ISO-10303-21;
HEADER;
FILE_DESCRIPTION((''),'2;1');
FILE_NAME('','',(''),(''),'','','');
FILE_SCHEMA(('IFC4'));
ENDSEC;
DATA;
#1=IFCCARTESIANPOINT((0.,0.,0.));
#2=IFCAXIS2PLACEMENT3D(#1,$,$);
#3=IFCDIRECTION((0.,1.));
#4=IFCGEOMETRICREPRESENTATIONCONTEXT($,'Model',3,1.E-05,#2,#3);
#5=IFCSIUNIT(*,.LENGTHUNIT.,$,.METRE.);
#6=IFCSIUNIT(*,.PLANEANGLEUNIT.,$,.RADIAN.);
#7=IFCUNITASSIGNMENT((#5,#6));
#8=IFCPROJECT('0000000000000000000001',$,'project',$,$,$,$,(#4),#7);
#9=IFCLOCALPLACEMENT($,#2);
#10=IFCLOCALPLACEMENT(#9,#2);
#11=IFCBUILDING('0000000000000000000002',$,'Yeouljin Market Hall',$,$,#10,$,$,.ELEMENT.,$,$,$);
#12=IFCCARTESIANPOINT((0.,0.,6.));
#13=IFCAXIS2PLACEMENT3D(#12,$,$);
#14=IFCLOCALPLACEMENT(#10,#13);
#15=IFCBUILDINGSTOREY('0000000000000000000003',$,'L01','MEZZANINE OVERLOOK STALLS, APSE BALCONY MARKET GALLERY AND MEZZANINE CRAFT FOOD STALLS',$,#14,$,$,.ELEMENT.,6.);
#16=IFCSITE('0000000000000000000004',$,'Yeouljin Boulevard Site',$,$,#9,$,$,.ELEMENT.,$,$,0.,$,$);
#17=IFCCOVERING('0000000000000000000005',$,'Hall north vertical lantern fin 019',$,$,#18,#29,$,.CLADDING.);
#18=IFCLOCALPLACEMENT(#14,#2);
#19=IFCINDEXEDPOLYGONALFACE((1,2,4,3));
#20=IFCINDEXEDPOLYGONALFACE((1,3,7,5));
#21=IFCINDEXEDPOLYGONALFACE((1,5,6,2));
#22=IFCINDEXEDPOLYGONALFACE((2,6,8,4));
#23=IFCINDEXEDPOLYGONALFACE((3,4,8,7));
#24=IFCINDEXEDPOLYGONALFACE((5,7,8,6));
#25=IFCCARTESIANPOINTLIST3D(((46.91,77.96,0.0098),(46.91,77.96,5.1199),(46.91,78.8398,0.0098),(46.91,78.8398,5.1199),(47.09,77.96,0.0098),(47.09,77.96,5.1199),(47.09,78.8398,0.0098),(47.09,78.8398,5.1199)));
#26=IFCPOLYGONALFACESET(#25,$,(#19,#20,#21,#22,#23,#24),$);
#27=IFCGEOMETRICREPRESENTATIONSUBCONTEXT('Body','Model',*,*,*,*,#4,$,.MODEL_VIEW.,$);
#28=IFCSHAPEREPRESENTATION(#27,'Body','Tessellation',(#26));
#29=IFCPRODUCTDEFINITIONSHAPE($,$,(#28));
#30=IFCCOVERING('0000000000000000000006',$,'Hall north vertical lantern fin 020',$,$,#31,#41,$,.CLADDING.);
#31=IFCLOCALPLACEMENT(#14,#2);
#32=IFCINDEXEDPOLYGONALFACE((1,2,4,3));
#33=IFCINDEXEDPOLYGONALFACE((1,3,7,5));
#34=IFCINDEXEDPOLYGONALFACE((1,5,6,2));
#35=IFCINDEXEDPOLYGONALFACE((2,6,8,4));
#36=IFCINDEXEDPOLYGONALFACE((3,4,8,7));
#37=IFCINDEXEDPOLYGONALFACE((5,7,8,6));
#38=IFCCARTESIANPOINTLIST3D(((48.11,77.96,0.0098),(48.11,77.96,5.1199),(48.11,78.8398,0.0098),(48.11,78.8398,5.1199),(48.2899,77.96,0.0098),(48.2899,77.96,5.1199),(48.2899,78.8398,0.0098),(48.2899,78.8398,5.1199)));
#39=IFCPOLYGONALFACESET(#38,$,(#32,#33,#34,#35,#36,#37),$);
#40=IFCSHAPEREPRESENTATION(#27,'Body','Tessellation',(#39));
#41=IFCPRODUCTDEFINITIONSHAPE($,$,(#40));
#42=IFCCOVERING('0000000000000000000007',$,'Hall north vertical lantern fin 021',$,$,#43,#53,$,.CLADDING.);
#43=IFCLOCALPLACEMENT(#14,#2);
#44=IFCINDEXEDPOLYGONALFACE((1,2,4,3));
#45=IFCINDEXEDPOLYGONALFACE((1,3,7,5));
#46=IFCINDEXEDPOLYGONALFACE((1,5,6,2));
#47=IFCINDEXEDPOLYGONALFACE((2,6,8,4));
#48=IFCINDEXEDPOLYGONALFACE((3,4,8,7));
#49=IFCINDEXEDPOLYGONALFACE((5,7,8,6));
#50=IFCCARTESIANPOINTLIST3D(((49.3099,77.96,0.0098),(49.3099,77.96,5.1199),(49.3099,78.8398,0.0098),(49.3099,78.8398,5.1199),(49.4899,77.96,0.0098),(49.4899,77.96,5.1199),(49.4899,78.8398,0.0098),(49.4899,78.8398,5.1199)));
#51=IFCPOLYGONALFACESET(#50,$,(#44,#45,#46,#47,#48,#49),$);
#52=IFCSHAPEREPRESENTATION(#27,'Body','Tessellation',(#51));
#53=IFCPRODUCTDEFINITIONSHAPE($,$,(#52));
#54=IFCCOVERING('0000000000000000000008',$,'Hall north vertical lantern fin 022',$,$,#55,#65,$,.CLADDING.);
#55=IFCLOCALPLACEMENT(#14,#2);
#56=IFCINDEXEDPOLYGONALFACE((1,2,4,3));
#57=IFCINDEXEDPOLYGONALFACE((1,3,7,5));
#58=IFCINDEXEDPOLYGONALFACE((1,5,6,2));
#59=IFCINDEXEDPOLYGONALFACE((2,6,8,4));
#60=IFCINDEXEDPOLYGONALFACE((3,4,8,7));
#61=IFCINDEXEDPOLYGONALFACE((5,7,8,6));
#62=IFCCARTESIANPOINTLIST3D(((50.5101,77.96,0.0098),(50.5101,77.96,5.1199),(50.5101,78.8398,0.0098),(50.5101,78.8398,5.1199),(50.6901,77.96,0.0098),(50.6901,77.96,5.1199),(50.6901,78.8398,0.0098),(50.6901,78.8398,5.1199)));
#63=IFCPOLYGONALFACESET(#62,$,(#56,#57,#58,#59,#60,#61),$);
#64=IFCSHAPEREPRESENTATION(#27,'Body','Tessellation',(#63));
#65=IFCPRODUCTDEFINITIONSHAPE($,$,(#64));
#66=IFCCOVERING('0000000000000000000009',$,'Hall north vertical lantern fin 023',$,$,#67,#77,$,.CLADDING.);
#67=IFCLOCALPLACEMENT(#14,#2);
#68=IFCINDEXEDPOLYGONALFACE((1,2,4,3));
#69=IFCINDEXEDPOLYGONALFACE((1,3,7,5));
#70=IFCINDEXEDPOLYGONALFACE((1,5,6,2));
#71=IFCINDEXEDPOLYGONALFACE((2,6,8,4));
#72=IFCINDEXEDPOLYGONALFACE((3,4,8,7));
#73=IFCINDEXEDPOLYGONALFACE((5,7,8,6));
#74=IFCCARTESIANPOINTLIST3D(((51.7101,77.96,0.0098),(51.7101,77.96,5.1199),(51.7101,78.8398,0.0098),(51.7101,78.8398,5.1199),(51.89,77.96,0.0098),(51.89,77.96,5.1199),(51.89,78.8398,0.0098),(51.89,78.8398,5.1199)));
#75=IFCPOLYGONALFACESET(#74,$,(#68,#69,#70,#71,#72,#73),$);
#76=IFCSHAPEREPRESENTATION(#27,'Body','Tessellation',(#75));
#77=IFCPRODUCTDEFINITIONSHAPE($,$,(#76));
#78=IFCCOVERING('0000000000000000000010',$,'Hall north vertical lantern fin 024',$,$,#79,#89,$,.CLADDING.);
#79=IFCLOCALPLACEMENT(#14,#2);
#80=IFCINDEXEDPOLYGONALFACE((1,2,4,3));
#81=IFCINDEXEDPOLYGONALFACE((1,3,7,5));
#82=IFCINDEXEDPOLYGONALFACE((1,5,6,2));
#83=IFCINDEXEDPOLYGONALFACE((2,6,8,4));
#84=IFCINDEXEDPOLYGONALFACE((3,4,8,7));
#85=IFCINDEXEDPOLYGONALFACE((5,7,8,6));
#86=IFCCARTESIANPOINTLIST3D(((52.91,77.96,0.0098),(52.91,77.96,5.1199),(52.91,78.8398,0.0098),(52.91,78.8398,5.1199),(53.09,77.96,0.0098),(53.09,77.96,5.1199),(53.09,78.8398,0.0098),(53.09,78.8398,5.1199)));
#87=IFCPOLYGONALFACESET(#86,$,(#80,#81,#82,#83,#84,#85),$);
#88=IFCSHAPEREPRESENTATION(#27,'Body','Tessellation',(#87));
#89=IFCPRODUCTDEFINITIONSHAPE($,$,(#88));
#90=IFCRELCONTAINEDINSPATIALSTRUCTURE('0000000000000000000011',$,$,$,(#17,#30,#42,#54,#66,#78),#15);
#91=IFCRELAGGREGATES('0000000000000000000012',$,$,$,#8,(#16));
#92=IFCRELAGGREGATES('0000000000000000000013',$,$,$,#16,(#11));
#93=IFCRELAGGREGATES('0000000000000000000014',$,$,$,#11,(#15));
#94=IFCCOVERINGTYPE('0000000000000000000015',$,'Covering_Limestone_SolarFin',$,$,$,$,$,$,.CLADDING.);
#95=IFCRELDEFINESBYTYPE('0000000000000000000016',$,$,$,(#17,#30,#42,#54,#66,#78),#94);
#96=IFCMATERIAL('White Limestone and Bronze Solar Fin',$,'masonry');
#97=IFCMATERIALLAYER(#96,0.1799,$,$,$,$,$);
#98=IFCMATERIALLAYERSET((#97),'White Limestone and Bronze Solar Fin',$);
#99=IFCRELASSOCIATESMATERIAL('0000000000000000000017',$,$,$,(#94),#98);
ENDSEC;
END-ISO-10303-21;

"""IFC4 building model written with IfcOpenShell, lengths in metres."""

from ifc_helpers import new_model, si_unit, direction, frame, origin, origin_2d, place, context, subcontext, project, spatial, rectangle, extrude, material, layer, layer_set, type_object, element, save


model = new_model("IFC4")

# Units and contexts
model_context = context("Model", 3, precision=1e-05, world=origin(), true_north=direction((0.0, 1.0)))
body_context = subcontext(model_context, "Body", "Model", "MODEL_VIEW")
ifc_project = project(units=[si_unit("LENGTHUNIT", "METRE"), si_unit("PLANEANGLEUNIT", "RADIAN")], contexts=[model_context])

# Site, building, storey
site_placement = place(None, origin())
site = spatial("IfcSite", under=ifc_project, at=site_placement, Name="Yeouljin Boulevard Site", CompositionType="ELEMENT", RefElevation=0.0)
building_placement = place(site_placement, origin())
building = spatial("IfcBuilding", under=site, at=building_placement, Name="Yeouljin Market Hall", CompositionType="ELEMENT")
storey_placement = place(building_placement, frame((0.0, 0.0, 6.0)))
storey = spatial("IfcBuildingStorey", under=building, at=storey_placement, Name="L01", Description="MEZZANINE OVERLOOK STALLS, APSE BALCONY MARKET GALLERY AND MEZZANINE CRAFT FOOD STALLS", CompositionType="ELEMENT", Elevation=6.0)

# Coverings
ifc_material_1 = material(Name="White Limestone and Bronze Solar Fin", Category="masonry")
ifc_layer_1 = layer(ifc_material_1, 0.1799)
ifc_layer_set_1 = layer_set([ifc_layer_1], Name="White Limestone and Bronze Solar Fin")
covering_type = type_object("IfcCoveringType", Name="Covering_Limestone_SolarFin", PredefinedType="CLADDING", material=ifc_layer_set_1)
for number, where, z_axis, x_axis, name in (
    (1, (47.0, 78.3999, 0.0098), (0.0, 0.0, 1.0), (1.0, 0.0, 0.0), "Hall north vertical lantern fin 019"),
    (2, (48.2, 78.3999, 0.0098), (0.0, 0.0, 1.0), (1.0, 0.0, 0.0), "Hall north vertical lantern fin 020"),
    (3, (49.3999, 78.3999, 0.0098), (0.0, 0.0, 1.0), (1.0, 0.0, 0.0), "Hall north vertical lantern fin 021"),
    (4, (50.6001, 78.3999, 0.0098), (0.0, 0.0, 1.0), (1.0, 0.0, 0.0), "Hall north vertical lantern fin 022"),
    (5, (51.8, 78.3999, 0.0098), (0.0, 0.0, 1.0), (1.0, 0.0, 0.0), "Hall north vertical lantern fin 023"),
    (6, (53.0, 78.3999, 0.0098), (0.0, 0.0, 1.0), (1.0, 0.0, 0.0), "Hall north vertical lantern fin 024"),
):
    element("IfcCovering", number, at=place(storey_placement, frame(where, z_axis=z_axis, x_axis=x_axis)), inside=storey, type_object=covering_type, Name=name, PredefinedType="CLADDING", context=body_context, shape_type="SweptSolid", body=[
        extrude(rectangle(XDim=0.1799, YDim=0.8799, at=origin_2d()), origin(), (0.0, 0.0, 1.0), 5.1101),
    ])

save(model, "model.ifc")
